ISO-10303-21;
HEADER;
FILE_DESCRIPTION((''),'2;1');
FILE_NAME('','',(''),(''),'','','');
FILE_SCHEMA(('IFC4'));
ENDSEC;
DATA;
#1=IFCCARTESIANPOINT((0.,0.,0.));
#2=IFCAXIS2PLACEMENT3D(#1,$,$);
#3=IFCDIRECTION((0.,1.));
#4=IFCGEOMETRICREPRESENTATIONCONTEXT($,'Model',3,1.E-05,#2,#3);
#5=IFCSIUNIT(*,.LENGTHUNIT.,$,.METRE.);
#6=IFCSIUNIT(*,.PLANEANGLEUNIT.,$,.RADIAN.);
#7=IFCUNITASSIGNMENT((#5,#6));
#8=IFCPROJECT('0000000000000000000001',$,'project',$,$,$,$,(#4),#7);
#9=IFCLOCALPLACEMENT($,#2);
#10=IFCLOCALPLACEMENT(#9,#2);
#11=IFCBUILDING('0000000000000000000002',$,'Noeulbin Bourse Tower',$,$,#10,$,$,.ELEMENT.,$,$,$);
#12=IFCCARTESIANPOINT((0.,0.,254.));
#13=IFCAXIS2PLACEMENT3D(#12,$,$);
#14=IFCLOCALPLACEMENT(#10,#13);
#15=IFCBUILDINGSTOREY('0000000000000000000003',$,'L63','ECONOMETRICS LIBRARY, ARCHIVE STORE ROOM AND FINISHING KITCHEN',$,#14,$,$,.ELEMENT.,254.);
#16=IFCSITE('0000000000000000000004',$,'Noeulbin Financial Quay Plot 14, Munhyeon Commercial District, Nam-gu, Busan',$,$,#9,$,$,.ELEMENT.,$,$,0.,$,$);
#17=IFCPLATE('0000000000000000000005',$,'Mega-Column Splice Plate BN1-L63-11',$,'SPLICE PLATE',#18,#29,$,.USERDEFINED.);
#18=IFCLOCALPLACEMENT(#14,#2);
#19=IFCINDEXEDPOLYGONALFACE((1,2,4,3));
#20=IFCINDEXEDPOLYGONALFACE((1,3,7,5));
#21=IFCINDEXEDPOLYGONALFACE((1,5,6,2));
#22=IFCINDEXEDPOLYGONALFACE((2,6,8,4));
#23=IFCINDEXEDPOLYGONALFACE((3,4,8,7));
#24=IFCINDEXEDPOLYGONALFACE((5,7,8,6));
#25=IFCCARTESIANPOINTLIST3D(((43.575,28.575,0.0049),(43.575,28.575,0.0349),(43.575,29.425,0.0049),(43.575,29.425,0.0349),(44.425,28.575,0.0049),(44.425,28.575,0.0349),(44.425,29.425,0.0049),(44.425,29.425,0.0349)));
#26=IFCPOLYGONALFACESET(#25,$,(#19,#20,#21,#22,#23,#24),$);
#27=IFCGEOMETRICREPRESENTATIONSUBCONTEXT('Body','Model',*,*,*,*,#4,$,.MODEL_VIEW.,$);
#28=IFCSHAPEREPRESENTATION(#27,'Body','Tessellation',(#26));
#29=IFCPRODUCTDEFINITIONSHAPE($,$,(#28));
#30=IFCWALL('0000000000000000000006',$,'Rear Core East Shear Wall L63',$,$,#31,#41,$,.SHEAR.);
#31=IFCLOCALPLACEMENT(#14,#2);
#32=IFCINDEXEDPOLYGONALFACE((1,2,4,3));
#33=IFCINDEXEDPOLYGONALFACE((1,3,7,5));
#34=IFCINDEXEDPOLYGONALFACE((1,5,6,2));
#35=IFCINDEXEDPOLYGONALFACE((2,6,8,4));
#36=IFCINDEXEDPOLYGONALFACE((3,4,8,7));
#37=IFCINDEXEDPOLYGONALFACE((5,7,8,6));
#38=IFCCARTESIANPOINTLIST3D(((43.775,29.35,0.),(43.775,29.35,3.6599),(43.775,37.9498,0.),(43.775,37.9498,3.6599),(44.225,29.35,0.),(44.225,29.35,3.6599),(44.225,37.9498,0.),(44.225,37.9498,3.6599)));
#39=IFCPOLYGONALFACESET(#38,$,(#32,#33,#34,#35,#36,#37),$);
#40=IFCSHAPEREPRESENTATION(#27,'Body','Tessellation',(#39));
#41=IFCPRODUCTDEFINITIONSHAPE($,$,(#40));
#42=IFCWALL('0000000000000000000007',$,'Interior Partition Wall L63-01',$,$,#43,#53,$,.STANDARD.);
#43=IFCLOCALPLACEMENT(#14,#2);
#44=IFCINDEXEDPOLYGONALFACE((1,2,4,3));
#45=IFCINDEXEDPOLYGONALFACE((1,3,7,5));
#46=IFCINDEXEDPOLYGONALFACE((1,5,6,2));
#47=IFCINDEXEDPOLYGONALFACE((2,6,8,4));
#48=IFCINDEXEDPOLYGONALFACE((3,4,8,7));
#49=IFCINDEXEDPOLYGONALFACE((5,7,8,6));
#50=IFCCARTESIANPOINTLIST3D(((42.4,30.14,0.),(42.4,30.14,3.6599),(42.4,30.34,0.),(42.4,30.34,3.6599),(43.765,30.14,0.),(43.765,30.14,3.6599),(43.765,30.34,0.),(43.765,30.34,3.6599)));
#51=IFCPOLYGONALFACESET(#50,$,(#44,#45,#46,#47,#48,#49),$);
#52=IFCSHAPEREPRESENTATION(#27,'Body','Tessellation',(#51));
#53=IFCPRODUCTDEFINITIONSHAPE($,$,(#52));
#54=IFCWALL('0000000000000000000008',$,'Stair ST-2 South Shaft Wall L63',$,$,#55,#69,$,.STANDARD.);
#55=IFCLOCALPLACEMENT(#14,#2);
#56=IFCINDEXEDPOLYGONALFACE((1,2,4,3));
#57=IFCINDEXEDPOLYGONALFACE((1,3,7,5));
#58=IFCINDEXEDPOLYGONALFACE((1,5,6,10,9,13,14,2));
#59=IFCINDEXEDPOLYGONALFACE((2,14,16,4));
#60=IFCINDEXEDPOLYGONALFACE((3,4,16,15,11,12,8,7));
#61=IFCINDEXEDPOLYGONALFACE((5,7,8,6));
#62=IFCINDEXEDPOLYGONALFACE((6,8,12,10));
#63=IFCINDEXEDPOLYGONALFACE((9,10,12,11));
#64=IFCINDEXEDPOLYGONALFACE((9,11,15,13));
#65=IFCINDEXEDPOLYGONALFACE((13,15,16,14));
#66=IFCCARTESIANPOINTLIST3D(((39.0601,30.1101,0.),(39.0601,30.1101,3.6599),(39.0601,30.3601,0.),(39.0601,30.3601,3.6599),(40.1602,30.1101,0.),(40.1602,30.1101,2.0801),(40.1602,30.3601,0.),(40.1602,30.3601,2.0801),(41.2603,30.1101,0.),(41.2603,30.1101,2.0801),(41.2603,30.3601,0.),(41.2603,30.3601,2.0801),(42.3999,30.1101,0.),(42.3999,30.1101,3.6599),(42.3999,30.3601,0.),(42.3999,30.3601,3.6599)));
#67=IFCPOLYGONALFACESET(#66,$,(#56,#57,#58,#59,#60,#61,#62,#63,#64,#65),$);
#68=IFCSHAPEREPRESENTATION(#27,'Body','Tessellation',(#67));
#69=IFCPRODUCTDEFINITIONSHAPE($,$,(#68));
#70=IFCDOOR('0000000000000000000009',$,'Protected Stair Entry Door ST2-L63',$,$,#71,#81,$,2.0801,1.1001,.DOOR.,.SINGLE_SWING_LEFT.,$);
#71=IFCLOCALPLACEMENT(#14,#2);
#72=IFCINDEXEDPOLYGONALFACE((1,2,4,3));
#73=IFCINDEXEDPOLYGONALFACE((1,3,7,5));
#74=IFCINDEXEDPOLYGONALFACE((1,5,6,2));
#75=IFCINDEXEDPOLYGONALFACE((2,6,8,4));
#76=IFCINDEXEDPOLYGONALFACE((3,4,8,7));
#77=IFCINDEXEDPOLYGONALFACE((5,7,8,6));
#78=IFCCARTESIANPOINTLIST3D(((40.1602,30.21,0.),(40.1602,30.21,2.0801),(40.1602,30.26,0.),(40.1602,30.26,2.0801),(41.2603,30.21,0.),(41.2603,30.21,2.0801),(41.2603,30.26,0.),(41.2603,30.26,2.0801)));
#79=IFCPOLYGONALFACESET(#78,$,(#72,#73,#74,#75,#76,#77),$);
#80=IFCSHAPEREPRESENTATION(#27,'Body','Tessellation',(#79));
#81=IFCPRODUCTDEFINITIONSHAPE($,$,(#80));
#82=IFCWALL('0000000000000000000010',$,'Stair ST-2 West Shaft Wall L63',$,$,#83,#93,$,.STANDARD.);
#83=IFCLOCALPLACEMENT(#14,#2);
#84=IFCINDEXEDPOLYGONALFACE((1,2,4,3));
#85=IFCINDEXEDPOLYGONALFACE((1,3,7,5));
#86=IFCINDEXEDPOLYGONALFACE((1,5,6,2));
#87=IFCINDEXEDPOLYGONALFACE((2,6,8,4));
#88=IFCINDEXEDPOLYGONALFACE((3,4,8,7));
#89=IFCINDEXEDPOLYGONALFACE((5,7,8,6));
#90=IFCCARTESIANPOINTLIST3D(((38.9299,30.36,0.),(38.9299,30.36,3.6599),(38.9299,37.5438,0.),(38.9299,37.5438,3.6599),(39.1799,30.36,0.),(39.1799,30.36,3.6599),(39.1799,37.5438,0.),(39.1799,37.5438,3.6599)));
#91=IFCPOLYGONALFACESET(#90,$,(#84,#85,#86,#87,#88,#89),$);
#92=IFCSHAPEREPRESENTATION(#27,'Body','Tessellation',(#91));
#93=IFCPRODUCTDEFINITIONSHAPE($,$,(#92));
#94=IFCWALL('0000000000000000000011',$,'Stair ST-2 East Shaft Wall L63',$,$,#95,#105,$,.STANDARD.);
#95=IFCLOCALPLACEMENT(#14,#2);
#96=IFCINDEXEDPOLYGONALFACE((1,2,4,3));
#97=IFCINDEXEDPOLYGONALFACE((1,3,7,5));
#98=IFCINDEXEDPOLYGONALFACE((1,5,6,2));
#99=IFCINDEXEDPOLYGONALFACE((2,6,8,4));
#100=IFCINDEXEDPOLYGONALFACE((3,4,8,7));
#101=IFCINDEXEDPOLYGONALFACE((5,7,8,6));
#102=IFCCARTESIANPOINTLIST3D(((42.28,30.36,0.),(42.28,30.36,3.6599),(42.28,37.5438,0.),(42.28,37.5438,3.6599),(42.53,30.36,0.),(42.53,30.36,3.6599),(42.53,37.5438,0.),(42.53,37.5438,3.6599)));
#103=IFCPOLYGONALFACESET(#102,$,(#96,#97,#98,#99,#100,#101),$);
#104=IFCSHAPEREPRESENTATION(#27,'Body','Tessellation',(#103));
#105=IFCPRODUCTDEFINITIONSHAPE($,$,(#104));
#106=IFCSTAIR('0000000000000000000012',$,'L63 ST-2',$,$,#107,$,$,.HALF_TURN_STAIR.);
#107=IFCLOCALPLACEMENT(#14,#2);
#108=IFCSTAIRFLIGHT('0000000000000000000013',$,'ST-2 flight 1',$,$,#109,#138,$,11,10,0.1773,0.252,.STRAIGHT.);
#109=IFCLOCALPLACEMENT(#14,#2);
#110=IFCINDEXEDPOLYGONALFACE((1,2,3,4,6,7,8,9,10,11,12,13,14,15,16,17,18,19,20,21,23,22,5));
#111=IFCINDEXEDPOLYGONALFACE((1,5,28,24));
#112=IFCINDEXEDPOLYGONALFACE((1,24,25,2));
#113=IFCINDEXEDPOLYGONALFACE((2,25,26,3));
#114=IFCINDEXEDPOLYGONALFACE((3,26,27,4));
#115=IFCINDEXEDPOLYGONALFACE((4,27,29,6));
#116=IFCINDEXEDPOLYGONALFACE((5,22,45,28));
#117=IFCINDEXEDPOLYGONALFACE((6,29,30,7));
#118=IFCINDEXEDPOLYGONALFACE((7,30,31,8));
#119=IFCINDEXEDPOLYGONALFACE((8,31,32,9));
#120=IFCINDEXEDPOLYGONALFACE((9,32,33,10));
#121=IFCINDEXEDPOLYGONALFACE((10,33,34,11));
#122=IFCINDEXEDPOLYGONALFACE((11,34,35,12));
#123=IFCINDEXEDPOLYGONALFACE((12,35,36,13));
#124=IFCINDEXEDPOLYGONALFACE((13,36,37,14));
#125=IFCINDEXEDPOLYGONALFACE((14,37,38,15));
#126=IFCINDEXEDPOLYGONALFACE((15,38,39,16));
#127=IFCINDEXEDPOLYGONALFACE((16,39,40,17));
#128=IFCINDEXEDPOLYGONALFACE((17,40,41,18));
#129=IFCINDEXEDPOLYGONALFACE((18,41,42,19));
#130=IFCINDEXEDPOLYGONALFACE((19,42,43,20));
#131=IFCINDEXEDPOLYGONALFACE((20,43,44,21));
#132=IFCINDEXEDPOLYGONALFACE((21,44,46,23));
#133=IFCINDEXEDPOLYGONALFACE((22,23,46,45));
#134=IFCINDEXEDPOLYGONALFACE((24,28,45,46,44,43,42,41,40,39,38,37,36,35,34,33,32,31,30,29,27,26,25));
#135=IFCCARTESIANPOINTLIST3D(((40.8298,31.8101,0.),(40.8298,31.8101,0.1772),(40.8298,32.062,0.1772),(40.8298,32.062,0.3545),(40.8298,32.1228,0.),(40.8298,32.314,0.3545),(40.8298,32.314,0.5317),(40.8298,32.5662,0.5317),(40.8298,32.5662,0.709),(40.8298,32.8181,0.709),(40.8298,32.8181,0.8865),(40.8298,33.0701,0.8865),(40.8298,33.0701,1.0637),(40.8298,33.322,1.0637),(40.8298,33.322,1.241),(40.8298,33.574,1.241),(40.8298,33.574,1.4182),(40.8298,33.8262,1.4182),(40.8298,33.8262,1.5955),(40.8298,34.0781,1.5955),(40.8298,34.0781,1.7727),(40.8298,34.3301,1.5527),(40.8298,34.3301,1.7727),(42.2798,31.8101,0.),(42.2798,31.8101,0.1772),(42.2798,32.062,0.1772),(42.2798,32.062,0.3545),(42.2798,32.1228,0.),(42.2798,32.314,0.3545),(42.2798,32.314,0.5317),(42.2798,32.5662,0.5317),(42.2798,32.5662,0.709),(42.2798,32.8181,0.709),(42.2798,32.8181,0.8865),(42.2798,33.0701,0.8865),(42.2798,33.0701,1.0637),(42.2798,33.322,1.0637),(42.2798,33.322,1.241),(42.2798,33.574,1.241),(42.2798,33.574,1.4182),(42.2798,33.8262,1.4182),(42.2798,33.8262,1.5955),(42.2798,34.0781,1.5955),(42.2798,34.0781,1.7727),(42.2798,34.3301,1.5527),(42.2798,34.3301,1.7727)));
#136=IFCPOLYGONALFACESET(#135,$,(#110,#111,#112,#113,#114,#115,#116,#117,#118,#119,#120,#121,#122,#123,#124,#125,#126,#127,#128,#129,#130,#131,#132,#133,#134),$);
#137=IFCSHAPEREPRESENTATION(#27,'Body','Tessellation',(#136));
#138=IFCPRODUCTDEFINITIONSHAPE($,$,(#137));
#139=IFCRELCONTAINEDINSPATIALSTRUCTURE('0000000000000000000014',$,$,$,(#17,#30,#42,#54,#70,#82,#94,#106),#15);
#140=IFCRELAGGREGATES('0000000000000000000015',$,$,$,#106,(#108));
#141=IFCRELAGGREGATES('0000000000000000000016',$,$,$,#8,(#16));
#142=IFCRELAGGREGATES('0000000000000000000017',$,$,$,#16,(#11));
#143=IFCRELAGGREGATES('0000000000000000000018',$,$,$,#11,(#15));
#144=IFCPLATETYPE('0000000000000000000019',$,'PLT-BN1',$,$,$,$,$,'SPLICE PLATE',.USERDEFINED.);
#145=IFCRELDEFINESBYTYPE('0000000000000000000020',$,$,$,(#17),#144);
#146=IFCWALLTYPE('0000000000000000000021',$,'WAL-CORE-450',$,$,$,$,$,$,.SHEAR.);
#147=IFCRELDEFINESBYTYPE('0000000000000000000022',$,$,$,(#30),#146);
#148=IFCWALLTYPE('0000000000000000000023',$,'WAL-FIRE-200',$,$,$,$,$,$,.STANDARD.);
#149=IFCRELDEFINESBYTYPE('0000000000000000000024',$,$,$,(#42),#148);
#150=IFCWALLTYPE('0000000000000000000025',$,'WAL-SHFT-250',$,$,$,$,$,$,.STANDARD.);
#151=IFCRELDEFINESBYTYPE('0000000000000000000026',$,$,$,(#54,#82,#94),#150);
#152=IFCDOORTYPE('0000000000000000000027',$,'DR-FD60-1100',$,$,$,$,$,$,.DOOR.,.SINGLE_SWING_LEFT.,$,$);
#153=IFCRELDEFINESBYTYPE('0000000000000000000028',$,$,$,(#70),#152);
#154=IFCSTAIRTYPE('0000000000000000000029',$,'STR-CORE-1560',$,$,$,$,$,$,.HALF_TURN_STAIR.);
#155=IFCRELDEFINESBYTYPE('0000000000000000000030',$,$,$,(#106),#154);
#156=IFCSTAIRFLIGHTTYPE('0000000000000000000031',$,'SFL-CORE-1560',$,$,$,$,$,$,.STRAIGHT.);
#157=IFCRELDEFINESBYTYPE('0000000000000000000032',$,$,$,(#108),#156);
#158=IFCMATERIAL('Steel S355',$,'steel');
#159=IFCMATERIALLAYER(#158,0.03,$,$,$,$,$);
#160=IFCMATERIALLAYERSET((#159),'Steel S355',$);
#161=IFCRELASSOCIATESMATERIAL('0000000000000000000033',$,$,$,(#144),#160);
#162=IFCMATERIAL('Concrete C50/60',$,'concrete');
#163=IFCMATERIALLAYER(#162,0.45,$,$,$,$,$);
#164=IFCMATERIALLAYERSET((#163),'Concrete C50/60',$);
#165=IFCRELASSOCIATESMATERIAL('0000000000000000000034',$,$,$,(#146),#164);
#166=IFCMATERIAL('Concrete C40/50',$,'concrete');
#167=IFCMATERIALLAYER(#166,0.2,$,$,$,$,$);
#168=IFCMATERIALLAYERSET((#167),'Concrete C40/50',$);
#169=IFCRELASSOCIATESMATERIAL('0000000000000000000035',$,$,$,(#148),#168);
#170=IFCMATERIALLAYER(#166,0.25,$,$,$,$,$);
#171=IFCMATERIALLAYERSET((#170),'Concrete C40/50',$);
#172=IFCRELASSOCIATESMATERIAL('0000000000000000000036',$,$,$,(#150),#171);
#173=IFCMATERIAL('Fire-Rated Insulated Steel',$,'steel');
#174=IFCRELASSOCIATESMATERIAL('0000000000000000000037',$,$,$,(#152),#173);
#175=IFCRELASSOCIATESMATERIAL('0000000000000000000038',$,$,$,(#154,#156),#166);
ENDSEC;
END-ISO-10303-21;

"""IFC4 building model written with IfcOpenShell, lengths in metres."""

from ifc_helpers import new_model, si_unit, direction, frame, frame_2d, origin, origin_2d, place, context, subcontext, project, spatial, polyline, rectangle, outline, extrude, material, layer, layer_set, type_object, element, fill, aggregate, save


model = new_model("IFC4")

# Units and contexts
model_context = context("Model", 3, precision=1e-05, world=origin(), true_north=direction((0.0, 1.0)))
body_context = subcontext(model_context, "Body", "Model", "MODEL_VIEW")
ifc_project = project(units=[si_unit("LENGTHUNIT", "METRE"), si_unit("PLANEANGLEUNIT", "RADIAN")], contexts=[model_context])

# Site, building, storey
site_placement = place(None, origin())
site = spatial("IfcSite", under=ifc_project, at=site_placement, Name="Noeulbin Financial Quay Plot 14, Munhyeon Commercial District, Nam-gu, Busan", CompositionType="ELEMENT", RefElevation=0.0)
building_placement = place(site_placement, origin())
building = spatial("IfcBuilding", under=site, at=building_placement, Name="Noeulbin Bourse Tower", CompositionType="ELEMENT")
storey_placement = place(building_placement, frame((0.0, 0.0, 254.0)))
storey = spatial("IfcBuildingStorey", under=building, at=storey_placement, Name="L63", Description="ECONOMETRICS LIBRARY, ARCHIVE STORE ROOM AND FINISHING KITCHEN", CompositionType="ELEMENT", Elevation=254.0)

# Shared definitions
ifc_material_1 = material(Name="Steel S355", Category="steel")

# Plate
ifc_layer_1 = layer(ifc_material_1, 0.03)
ifc_layer_set_1 = layer_set([ifc_layer_1], Name="Steel S355")
plate_type_1 = type_object("IfcPlateType", Name="PLT-BN1", ElementType="SPLICE PLATE", PredefinedType="USERDEFINED", material=ifc_layer_set_1)
plate_1_placement = place(storey_placement, frame((44.0, 29.0, 0.0049), z_axis=(0.0, 0.0, 1.0), x_axis=(1.0, 0.0, 0.0)))
element("IfcPlate", 1, at=plate_1_placement, inside=storey, type_object=plate_type_1, Name="Mega-Column Splice Plate BN1-L63-11", ObjectType="SPLICE PLATE", PredefinedType="USERDEFINED", context=body_context, shape_type="SweptSolid", body=[
    extrude(rectangle(XDim=0.8501, YDim=0.8501, at=origin_2d()), origin(), (0.0, 0.0, 1.0), 0.03),
])

# Walls
ifc_material_2 = material(Name="Concrete C50/60", Category="concrete")
ifc_layer_2 = layer(ifc_material_2, 0.45)
ifc_layer_set_2 = layer_set([ifc_layer_2], Name="Concrete C50/60")
wall_type_1 = type_object("IfcWallType", Name="WAL-CORE-450", PredefinedType="SHEAR", material=ifc_layer_set_2)
wall_1_placement = place(storey_placement, frame((44.0, 29.3501, 0.0), z_axis=(0.0, 0.0, 1.0), x_axis=(0.0, 1.0, 0.0)))
element("IfcWall", 2, at=wall_1_placement, inside=storey, type_object=wall_type_1, Name="Rear Core East Shear Wall L63", PredefinedType="SHEAR", context=body_context, shape_type="SweptSolid", body=[
    extrude(rectangle(XDim=8.5999, YDim=0.45, at=frame_2d((4.2998, 0.0))), origin(), (0.0, 0.0, 1.0), 3.6599),
])
ifc_material_3 = material(Name="Concrete C40/50", Category="concrete")
ifc_layer_3 = layer(ifc_material_3, 0.2)
ifc_layer_set_3 = layer_set([ifc_layer_3], Name="Concrete C40/50")
wall_type_2 = type_object("IfcWallType", Name="WAL-FIRE-200", PredefinedType="STANDARD", material=ifc_layer_set_3)
wall_2_placement = place(storey_placement, frame((42.3999, 30.24, 0.0), z_axis=(0.0, 0.0, 1.0), x_axis=(1.0, 0.0, 0.0)))
element("IfcWall", 3, at=wall_2_placement, inside=storey, type_object=wall_type_2, Name="Interior Partition Wall L63-01", PredefinedType="STANDARD", context=body_context, shape_type="SweptSolid", body=[
    extrude(rectangle(XDim=1.365, YDim=0.2, at=frame_2d((0.6826, 0.0))), origin(), (0.0, 0.0, 1.0), 3.6599),
])

# Wall, opening, door
ifc_layer_4 = layer(ifc_material_3, 0.25)
ifc_layer_set_4 = layer_set([ifc_layer_4], Name="Concrete C40/50")
wall_type_3 = type_object("IfcWallType", Name="WAL-SHFT-250", PredefinedType="STANDARD", material=ifc_layer_set_4)
wall_3_placement = place(storey_placement, frame((39.0601, 30.2351, 0.0), z_axis=(0.0, 0.0, 1.0), x_axis=(1.0, 0.0, 0.0)))
wall_3 = element("IfcWall", 4, at=wall_3_placement, inside=storey, type_object=wall_type_3, Name="Stair ST-2 South Shaft Wall L63", PredefinedType="STANDARD", context=body_context, shape_type="SweptSolid", body=[
    extrude(rectangle(XDim=3.3398, YDim=0.25, at=frame_2d((1.6699, 0.0))), origin(), (0.0, 0.0, 1.0), 3.6599),
])
opening_placement = place(wall_3_placement, frame((1.1001, 0.0, 0.0)))
opening = element("IfcOpeningElement", 5, at=opening_placement, cuts=wall_3, PredefinedType="OPENING", context=body_context, shape_type="SweptSolid", body=[
    extrude(rectangle(XDim=1.1001, YDim=2.0801, at=frame_2d((0.55, 1.04))), frame((0.0, 0.135, 0.0), z_axis=(0.0, -1.0, 0.0), x_axis=(1.0, 0.0, 0.0)), (0.0, 0.0, 1.0), 0.27),
])
ifc_material_4 = material(Name="Fire-Rated Insulated Steel", Category="steel")
door_type = type_object("IfcDoorType", Name="DR-FD60-1100", OperationType="SINGLE_SWING_LEFT", PredefinedType="DOOR", material=ifc_material_4)
door_placement = place(opening_placement, origin())
door = element("IfcDoor", 6, at=door_placement, inside=storey, type_object=door_type, Name="Protected Stair Entry Door ST2-L63", OperationType="SINGLE_SWING_LEFT", OverallHeight=2.0801, OverallWidth=1.1001, PredefinedType="DOOR", context=body_context, shape_type="SweptSolid", body=[
    extrude(rectangle(XDim=1.1001, YDim=2.0801, at=frame_2d((0.55, 1.04))), frame((0.0, 0.0249, 0.0), z_axis=(0.0, -1.0, 0.0), x_axis=(1.0, 0.0, 0.0)), (0.0, 0.0, 1.0), 0.05),
])
fill(opening, door)

# Walls
for number, where, z_axis, x_axis, name in (
    (7, (39.0549, 30.3601, 0.0), (0.0, 0.0, 1.0), (0.0, 1.0, 0.0), "Stair ST-2 West Shaft Wall L63"),
    (8, (42.405, 30.3601, 0.0), (0.0, 0.0, 1.0), (0.0, 1.0, 0.0), "Stair ST-2 East Shaft Wall L63"),
):
    element("IfcWall", number, at=place(storey_placement, frame(where, z_axis=z_axis, x_axis=x_axis)), inside=storey, type_object=wall_type_3, Name=name, PredefinedType="STANDARD", context=body_context, shape_type="SweptSolid", body=[
        extrude(rectangle(XDim=7.1838, YDim=0.25, at=frame_2d((3.5918, 0.0))), origin(), (0.0, 0.0, 1.0), 3.6599),
    ])

# Stair, stair flight
stair_type = type_object("IfcStairType", Name="STR-CORE-1560", PredefinedType="HALF_TURN_STAIR", material=ifc_material_3)
stair_placement = place(storey_placement, origin())
stair = element("IfcStair", 9, at=stair_placement, inside=storey, type_object=stair_type, Name="L63 ST-2", PredefinedType="HALF_TURN_STAIR")
stair_flight_type = type_object("IfcStairFlightType", Name="SFL-CORE-1560", PredefinedType="STRAIGHT", material=ifc_material_3)
stair_flight_placement = place(storey_placement, frame((41.5549, 31.8101, 0.0), z_axis=(0.0, 0.0, 1.0), x_axis=(0.0, 1.0, 0.0)))
stair_flight = element("IfcStairFlight", 10, at=stair_flight_placement, type_object=stair_flight_type, Name="ST-2 flight 1", NumberOfRisers=11, NumberOfTreads=10, PredefinedType="STRAIGHT", RiserHeight=0.1773, TreadLength=0.252, context=body_context, shape_type="SweptSolid", body=[
    extrude(outline(polyline([(0.0, 0.0), (0.0, 0.1772), (0.252, 0.1772), (0.252, 0.3545), (0.5039, 0.3545), (0.5039, 0.5317), (0.7561, 0.5317), (0.7561, 0.709), (1.0081, 0.709), (1.0081, 0.8865), (1.26, 0.8865), (1.26, 1.0637), (1.512, 1.0637), (1.512, 1.241), (1.7639, 1.241), (1.7639, 1.4182), (2.0161, 1.4182), (2.0161, 1.5955), (2.2681, 1.5955), (2.2681, 1.7727), (2.52, 1.7727), (2.52, 1.95), (2.52, 1.5527), (0.3127, 0.0), (0.0, 0.0)])), frame((0.0, 0.7251, 0.0), z_axis=(0.0, -1.0, 0.0), x_axis=(1.0, 0.0, 0.0)), (0.0, 0.0, 1.0), 1.45),
])
aggregate(stair, [stair_flight])

save(model, "model.ifc")
